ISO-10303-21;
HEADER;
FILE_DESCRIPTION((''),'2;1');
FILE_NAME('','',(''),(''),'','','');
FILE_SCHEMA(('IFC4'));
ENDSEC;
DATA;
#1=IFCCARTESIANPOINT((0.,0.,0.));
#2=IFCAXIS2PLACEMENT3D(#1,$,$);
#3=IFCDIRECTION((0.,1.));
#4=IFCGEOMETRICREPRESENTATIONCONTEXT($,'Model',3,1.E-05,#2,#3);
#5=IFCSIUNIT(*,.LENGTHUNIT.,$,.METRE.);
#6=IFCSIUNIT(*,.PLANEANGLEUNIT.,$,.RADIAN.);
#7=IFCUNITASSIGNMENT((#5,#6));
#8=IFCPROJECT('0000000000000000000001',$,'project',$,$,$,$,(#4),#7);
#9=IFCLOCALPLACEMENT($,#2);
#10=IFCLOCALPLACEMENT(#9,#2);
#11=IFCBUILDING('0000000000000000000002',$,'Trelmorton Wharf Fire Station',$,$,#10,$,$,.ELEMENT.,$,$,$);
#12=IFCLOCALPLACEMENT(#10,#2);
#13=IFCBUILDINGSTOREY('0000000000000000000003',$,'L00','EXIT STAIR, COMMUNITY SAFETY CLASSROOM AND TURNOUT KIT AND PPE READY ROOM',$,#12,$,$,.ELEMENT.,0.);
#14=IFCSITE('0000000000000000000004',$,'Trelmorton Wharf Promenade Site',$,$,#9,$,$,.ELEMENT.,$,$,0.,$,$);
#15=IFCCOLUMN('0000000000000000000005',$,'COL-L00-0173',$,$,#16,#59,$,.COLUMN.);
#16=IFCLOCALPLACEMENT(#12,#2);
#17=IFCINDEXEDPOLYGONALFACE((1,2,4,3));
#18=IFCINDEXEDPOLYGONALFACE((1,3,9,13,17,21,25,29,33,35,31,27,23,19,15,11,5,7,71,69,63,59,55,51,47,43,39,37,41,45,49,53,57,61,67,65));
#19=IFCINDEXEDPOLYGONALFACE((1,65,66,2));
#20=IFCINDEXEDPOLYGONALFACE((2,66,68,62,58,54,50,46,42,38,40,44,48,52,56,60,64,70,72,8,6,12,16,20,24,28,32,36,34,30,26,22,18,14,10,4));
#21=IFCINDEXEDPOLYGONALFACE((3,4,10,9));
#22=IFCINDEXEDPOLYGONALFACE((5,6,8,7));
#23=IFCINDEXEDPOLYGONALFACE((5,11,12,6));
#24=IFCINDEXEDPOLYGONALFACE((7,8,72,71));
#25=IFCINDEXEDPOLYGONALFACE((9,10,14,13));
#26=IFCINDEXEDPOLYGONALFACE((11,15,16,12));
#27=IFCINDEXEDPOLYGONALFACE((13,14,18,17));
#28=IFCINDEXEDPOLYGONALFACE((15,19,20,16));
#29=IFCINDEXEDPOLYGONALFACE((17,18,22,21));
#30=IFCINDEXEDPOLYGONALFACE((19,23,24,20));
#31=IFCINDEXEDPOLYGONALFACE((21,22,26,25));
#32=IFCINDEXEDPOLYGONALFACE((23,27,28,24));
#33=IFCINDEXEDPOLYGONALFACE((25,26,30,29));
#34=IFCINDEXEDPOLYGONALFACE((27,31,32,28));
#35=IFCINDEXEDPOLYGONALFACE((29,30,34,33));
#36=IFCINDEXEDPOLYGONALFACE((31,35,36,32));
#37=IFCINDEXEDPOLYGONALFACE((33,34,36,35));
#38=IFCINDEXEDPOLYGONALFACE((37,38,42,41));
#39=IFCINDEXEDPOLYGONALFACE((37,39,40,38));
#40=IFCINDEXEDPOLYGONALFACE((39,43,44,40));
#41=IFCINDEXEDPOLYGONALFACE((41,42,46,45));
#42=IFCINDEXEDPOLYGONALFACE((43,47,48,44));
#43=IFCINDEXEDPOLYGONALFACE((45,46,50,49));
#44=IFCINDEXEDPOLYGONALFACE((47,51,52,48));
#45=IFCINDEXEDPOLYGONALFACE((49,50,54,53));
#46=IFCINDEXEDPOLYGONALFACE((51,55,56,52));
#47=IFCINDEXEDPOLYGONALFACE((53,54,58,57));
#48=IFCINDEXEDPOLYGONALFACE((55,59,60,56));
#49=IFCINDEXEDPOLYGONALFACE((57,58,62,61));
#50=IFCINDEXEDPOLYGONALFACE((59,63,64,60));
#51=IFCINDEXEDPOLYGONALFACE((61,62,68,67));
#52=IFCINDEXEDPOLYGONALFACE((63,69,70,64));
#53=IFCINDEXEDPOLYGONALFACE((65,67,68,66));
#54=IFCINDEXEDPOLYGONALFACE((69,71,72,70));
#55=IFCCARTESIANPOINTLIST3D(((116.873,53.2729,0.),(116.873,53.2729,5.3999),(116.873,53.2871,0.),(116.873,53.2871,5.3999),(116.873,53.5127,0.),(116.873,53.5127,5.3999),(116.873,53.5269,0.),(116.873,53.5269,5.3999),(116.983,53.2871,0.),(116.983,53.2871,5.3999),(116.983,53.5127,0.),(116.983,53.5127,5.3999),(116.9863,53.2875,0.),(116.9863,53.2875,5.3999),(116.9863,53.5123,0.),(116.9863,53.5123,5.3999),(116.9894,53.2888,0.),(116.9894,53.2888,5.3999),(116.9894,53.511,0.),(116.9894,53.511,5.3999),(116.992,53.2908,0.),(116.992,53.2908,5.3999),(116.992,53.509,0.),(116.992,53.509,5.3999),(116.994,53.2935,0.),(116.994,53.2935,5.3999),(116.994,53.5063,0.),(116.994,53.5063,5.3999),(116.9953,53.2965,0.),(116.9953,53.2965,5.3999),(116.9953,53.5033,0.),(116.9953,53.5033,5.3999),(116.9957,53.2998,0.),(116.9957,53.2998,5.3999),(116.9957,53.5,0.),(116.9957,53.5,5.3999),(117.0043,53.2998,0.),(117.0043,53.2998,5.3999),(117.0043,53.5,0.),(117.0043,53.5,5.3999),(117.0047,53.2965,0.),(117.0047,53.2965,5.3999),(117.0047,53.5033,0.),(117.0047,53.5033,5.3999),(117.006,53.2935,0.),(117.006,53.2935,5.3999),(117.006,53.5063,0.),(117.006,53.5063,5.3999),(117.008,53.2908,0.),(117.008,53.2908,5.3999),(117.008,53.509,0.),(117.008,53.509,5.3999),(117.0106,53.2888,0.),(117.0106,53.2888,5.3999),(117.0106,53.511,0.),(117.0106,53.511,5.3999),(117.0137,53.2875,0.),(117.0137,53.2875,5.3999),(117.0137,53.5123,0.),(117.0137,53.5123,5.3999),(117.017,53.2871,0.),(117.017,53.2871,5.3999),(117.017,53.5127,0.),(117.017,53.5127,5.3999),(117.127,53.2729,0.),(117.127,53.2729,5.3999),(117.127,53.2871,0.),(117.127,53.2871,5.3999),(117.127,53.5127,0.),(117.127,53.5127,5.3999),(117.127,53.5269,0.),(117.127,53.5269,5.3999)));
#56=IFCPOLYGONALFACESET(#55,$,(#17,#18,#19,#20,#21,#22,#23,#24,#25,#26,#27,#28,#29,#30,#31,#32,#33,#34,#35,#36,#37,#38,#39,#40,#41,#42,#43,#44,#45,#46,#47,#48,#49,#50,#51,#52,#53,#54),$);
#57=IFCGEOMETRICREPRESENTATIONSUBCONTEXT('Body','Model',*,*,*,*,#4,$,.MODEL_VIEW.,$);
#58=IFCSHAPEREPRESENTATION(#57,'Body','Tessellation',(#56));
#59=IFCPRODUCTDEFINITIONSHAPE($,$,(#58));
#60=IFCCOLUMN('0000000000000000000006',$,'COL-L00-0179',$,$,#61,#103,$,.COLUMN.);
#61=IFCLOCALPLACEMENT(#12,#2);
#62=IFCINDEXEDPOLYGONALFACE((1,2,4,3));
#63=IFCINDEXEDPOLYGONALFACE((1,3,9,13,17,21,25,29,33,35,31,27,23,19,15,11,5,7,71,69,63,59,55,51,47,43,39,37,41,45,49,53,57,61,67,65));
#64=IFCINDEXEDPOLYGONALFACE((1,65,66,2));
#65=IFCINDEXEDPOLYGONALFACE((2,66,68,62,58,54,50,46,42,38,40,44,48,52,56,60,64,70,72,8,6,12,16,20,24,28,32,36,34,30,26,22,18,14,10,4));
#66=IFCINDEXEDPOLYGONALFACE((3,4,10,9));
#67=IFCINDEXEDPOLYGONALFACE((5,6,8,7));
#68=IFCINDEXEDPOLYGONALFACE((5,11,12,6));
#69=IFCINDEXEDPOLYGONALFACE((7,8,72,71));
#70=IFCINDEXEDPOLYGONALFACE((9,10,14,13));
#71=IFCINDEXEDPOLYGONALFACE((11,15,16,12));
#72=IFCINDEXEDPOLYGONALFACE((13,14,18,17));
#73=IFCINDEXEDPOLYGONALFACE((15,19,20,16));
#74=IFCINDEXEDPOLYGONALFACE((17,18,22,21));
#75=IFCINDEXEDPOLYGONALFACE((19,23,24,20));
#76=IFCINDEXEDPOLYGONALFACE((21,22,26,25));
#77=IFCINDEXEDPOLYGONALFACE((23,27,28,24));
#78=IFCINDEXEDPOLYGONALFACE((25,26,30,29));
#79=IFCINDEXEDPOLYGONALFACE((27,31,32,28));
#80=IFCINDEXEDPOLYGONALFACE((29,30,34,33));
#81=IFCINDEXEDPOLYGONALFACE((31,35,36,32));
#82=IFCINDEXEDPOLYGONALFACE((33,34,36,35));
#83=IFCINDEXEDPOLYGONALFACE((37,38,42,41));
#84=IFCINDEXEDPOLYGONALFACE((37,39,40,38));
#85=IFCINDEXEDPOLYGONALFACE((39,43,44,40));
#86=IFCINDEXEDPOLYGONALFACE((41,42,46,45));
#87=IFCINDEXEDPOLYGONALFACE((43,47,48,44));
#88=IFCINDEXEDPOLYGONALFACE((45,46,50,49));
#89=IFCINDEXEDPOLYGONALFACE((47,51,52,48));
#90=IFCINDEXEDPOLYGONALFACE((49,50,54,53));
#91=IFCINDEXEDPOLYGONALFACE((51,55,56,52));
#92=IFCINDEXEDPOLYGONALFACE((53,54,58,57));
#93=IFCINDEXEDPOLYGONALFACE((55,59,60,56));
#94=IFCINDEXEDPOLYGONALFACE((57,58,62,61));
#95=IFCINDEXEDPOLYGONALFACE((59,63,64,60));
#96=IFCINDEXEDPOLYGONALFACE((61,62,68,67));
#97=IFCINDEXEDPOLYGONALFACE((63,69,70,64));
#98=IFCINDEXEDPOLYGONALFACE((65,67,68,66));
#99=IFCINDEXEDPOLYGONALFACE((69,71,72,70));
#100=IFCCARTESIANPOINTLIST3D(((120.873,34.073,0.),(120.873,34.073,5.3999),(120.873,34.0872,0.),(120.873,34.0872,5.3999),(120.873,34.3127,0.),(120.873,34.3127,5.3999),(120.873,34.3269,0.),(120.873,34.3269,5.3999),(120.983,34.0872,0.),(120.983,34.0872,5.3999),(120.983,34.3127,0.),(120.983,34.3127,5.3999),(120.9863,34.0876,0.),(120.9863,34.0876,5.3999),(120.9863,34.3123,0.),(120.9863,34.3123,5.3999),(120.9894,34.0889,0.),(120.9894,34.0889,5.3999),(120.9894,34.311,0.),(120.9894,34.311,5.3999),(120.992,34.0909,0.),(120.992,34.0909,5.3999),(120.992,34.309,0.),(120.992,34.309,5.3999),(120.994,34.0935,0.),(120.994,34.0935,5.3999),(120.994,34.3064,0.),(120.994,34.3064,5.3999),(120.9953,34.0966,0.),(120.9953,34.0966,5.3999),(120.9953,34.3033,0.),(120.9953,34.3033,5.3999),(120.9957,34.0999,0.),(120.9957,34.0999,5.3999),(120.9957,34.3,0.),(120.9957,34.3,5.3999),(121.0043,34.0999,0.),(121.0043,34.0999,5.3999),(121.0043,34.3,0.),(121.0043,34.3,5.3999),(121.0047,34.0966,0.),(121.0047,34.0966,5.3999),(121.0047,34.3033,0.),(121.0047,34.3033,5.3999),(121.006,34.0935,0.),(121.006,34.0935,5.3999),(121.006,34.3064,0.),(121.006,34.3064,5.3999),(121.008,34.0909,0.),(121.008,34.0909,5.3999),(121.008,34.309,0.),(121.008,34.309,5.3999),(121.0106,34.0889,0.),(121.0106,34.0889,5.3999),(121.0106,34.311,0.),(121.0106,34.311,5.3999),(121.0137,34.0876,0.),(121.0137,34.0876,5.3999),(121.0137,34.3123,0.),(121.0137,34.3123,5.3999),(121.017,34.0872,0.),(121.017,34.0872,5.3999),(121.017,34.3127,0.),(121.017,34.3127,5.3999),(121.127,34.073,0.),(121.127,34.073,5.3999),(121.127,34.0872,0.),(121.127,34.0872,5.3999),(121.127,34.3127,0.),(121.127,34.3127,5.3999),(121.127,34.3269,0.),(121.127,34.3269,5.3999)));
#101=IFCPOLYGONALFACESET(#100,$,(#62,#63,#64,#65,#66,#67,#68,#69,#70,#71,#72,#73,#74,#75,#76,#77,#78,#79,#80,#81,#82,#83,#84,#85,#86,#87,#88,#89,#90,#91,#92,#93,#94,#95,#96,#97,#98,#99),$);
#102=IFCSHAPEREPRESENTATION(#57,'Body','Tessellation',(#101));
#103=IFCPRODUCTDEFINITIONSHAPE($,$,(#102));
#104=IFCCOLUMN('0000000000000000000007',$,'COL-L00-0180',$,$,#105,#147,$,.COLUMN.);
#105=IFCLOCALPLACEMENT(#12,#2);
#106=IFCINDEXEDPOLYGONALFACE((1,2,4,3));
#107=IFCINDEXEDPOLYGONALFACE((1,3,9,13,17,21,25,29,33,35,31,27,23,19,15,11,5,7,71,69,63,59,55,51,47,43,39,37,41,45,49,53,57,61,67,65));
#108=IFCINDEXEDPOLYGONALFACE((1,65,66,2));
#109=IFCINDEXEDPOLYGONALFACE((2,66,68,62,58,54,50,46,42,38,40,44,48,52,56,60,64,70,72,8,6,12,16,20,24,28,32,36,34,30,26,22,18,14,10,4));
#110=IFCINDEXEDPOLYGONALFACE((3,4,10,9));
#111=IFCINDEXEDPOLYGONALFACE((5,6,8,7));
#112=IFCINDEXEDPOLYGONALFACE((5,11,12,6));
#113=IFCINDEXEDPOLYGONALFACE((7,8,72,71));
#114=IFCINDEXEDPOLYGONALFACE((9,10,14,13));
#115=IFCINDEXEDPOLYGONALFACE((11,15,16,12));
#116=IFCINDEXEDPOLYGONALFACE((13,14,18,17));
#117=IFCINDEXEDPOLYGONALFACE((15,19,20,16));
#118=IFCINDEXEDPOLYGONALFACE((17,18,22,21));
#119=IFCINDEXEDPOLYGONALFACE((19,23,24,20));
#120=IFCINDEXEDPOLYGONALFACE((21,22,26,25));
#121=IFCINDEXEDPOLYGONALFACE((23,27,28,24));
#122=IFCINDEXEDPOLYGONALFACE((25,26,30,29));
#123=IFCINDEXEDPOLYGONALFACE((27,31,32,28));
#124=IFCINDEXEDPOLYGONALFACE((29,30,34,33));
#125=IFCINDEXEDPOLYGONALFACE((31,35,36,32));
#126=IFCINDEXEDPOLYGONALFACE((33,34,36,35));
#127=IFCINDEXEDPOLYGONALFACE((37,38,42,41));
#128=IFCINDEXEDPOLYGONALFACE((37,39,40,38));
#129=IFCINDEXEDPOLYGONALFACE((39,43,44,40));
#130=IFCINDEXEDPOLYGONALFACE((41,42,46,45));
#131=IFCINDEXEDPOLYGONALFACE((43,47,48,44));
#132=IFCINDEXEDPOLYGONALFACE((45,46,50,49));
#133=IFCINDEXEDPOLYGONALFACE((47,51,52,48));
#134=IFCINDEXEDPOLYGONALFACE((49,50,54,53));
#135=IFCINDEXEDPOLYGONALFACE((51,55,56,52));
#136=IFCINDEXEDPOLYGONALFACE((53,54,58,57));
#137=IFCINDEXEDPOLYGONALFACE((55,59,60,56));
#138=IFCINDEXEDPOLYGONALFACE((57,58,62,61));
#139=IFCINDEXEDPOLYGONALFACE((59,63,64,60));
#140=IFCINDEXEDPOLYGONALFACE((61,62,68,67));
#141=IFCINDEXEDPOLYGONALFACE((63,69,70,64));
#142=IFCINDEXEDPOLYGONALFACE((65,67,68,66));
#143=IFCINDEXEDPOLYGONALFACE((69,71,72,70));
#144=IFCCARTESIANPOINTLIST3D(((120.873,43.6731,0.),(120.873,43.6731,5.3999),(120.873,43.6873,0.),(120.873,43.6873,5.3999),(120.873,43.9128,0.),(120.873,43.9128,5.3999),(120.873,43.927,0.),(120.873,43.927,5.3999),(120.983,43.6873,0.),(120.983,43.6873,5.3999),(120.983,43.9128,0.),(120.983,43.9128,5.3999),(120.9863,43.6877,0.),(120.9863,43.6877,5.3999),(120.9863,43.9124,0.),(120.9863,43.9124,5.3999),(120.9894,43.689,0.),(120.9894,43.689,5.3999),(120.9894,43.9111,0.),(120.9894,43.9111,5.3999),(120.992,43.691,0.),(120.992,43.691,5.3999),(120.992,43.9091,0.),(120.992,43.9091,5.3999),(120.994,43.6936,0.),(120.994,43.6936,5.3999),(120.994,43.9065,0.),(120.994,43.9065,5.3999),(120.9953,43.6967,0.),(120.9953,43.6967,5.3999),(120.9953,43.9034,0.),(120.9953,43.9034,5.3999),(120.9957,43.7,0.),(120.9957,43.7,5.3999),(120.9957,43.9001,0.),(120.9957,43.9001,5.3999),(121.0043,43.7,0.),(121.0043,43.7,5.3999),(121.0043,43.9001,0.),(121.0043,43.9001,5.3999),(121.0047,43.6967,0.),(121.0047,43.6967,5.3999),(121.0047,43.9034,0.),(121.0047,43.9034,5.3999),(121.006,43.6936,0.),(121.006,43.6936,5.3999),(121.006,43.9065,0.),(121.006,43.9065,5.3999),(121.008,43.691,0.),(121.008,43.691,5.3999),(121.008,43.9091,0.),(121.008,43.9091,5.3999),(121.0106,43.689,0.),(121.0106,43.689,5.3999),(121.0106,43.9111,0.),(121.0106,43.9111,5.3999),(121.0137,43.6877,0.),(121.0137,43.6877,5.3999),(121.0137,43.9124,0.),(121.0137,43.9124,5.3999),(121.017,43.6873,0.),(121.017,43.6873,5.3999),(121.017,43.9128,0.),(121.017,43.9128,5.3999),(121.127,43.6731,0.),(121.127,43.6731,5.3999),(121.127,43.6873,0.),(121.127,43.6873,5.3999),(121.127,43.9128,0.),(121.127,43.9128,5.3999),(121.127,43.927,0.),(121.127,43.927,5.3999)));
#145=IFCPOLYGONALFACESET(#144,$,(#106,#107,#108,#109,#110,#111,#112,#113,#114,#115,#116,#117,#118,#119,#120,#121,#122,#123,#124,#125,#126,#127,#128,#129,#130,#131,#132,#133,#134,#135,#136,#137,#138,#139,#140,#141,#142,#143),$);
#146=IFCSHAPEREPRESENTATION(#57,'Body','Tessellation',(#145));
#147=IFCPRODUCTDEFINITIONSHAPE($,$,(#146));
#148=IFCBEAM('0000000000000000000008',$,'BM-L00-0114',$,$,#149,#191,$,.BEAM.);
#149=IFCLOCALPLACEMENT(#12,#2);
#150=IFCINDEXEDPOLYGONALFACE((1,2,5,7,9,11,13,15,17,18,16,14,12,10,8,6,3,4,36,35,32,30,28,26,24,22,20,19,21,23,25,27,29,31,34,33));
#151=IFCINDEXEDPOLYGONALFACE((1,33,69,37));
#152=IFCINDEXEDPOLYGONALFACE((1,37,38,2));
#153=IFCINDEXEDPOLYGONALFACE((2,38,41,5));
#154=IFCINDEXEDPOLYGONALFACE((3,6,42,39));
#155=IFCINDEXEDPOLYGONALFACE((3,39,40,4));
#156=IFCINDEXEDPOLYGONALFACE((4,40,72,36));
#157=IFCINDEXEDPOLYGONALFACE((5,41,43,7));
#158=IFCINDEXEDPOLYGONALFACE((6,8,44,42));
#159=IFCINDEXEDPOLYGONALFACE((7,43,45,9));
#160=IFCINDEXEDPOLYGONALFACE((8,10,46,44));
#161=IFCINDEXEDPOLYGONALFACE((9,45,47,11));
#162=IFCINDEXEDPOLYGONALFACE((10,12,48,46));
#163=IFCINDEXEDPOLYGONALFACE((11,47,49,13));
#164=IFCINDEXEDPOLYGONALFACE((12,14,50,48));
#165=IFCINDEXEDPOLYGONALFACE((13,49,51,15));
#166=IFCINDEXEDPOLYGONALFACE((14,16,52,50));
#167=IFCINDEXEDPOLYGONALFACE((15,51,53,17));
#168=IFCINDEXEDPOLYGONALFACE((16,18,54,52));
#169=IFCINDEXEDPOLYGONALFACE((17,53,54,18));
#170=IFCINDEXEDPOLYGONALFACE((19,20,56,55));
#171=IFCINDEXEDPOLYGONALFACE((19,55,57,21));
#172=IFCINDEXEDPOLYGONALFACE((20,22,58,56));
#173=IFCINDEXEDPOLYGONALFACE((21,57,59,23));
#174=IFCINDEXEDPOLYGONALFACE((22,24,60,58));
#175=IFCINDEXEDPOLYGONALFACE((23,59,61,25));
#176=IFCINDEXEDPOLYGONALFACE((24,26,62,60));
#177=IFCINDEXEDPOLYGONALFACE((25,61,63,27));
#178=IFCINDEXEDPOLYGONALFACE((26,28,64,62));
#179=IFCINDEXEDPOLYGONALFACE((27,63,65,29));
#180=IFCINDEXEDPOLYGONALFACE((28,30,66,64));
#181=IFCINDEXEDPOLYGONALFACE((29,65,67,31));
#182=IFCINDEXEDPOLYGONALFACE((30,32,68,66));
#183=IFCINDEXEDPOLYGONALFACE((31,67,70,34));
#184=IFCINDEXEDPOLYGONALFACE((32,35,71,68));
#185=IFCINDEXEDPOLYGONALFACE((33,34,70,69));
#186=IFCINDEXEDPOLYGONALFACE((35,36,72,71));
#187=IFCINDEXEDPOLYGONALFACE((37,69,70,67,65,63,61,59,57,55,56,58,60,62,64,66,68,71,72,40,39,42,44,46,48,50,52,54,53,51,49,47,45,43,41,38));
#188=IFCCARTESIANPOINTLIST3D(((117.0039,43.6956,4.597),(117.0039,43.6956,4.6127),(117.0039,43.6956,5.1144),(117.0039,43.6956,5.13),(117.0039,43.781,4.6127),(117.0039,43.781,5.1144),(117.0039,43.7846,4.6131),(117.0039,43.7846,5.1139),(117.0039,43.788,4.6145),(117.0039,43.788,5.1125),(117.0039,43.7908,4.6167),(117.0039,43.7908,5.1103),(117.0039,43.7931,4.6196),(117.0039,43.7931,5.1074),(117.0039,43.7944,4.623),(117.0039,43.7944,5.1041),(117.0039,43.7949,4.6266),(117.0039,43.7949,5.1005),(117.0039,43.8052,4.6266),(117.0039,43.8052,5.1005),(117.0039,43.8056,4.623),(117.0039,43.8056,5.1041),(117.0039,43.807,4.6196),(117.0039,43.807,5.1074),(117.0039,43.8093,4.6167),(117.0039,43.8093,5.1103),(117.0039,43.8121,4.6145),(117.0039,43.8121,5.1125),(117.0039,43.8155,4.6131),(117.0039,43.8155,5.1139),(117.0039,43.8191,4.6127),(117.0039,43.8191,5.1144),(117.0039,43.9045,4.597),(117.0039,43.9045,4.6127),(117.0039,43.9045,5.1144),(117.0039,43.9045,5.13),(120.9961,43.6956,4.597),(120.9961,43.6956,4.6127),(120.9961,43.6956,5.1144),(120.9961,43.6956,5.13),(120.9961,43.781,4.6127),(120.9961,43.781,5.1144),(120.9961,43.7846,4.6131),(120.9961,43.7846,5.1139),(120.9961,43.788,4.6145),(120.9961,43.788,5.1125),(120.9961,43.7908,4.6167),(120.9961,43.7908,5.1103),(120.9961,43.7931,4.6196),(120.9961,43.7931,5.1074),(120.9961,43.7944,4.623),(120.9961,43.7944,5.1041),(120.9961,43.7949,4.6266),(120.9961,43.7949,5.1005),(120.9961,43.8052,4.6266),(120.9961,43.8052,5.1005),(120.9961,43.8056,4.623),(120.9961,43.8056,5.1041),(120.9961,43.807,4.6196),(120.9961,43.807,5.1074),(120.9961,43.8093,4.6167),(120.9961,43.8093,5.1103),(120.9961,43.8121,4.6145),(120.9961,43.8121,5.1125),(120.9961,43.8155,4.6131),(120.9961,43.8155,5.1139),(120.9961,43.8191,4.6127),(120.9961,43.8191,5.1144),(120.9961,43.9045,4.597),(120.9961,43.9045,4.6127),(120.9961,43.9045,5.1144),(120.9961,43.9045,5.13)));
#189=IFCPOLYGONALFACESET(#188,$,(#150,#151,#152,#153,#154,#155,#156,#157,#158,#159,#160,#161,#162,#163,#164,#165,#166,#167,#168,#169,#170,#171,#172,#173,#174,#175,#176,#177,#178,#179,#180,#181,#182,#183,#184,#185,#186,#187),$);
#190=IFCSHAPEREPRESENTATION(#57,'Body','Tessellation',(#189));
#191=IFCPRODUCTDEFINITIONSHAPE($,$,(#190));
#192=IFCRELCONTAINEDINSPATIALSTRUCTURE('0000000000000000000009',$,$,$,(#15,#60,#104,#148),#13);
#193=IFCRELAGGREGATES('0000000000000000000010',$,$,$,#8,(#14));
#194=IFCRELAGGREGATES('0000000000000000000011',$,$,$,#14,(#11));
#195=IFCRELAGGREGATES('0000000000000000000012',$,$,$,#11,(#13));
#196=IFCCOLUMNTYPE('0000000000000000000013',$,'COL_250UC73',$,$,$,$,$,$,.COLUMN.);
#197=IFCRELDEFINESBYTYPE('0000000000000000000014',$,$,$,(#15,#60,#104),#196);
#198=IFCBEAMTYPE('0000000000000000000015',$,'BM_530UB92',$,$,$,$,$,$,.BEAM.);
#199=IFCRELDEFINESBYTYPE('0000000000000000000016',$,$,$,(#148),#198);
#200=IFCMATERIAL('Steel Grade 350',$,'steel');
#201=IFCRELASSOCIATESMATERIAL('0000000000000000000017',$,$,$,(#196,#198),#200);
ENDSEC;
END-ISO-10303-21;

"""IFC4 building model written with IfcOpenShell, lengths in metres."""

from ifc_helpers import new_model, si_unit, direction, frame, origin, origin_2d, place, context, subcontext, project, spatial, i_section, extrude, material, material_profile, profile_set, type_object, element, save


model = new_model("IFC4")

# Units and contexts
model_context = context("Model", 3, precision=1e-05, world=origin(), true_north=direction((0.0, 1.0)))
body_context = subcontext(model_context, "Body", "Model", "MODEL_VIEW")
ifc_project = project(units=[si_unit("LENGTHUNIT", "METRE"), si_unit("PLANEANGLEUNIT", "RADIAN")], contexts=[model_context])

# Site, building, storey
site_placement = place(None, origin())
site = spatial("IfcSite", under=ifc_project, at=site_placement, Name="Trelmorton Wharf Promenade Site", CompositionType="ELEMENT", RefElevation=0.0)
building_placement = place(site_placement, origin())
building = spatial("IfcBuilding", under=site, at=building_placement, Name="Trelmorton Wharf Fire Station", CompositionType="ELEMENT")
storey_placement = place(building_placement, origin())
storey = spatial("IfcBuildingStorey", under=building, at=storey_placement, Name="L00", Description="EXIT STAIR, COMMUNITY SAFETY CLASSROOM AND TURNOUT KIT AND PPE READY ROOM", CompositionType="ELEMENT", Elevation=0.0)

# Columns
ifc_material_1 = material(Name="Steel Grade 350", Category="steel")
ifc_material_profile_1 = material_profile(ifc_material_1, i_section(OverallWidth=0.2539, OverallDepth=0.2539, WebThickness=0.0085, FlangeThickness=0.0142, FilletRadius=0.0127, at=origin_2d()), Name="250UC72.9")
ifc_profile_set_1 = profile_set([ifc_material_profile_1], Name="Steel Grade 350")
column_type = type_object("IfcColumnType", Name="COL_250UC73", PredefinedType="COLUMN", material=ifc_profile_set_1)
for number, where, z_axis, x_axis, name in (
    (1, (117.0, 53.3999, 0.0), (0.0, 0.0, 1.0), (1.0, 0.0, 0.0), "COL-L00-0173"),
    (2, (121.0, 34.2, 0.0), (0.0, 0.0, 1.0), (1.0, 0.0, 0.0), "COL-L00-0179"),
    (3, (121.0, 43.8, 0.0), (0.0, 0.0, 1.0), (1.0, 0.0, 0.0), "COL-L00-0180"),
):
    element("IfcColumn", number, at=place(storey_placement, frame(where, z_axis=z_axis, x_axis=x_axis)), inside=storey, type_object=column_type, Name=name, PredefinedType="COLUMN", context=body_context, shape_type="SweptSolid", body=[
        extrude(i_section(OverallWidth=0.2539, OverallDepth=0.2539, WebThickness=0.0085, FlangeThickness=0.0142, FilletRadius=0.0127, at=origin_2d()), origin(), (0.0, 0.0, 1.0), 5.3999),
    ])

# Beam
ifc_material_profile_2 = material_profile(ifc_material_1, i_section(OverallWidth=0.209, OverallDepth=0.533, WebThickness=0.0103, FlangeThickness=0.0156, FilletRadius=0.0139, at=origin_2d()), Name="530UB92.4")
ifc_profile_set_2 = profile_set([ifc_material_profile_2], Name="Steel Grade 350")
beam_type_1 = type_object("IfcBeamType", Name="BM_530UB92", PredefinedType="BEAM", material=ifc_profile_set_2)
beam_placement = place(storey_placement, frame((117.0039, 43.8, 4.8635), z_axis=(1.0, 0.0, 0.0), x_axis=(0.0, 1.0, 0.0)))
element("IfcBeam", 4, at=beam_placement, inside=storey, type_object=beam_type_1, Name="BM-L00-0114", PredefinedType="BEAM", context=body_context, shape_type="SweptSolid", body=[
    extrude(i_section(OverallWidth=0.209, OverallDepth=0.533, WebThickness=0.0103, FlangeThickness=0.0156, FilletRadius=0.0139, at=origin_2d()), origin(), (0.0, 0.0, 1.0), 3.9922),
])

save(model, "model.ifc")
